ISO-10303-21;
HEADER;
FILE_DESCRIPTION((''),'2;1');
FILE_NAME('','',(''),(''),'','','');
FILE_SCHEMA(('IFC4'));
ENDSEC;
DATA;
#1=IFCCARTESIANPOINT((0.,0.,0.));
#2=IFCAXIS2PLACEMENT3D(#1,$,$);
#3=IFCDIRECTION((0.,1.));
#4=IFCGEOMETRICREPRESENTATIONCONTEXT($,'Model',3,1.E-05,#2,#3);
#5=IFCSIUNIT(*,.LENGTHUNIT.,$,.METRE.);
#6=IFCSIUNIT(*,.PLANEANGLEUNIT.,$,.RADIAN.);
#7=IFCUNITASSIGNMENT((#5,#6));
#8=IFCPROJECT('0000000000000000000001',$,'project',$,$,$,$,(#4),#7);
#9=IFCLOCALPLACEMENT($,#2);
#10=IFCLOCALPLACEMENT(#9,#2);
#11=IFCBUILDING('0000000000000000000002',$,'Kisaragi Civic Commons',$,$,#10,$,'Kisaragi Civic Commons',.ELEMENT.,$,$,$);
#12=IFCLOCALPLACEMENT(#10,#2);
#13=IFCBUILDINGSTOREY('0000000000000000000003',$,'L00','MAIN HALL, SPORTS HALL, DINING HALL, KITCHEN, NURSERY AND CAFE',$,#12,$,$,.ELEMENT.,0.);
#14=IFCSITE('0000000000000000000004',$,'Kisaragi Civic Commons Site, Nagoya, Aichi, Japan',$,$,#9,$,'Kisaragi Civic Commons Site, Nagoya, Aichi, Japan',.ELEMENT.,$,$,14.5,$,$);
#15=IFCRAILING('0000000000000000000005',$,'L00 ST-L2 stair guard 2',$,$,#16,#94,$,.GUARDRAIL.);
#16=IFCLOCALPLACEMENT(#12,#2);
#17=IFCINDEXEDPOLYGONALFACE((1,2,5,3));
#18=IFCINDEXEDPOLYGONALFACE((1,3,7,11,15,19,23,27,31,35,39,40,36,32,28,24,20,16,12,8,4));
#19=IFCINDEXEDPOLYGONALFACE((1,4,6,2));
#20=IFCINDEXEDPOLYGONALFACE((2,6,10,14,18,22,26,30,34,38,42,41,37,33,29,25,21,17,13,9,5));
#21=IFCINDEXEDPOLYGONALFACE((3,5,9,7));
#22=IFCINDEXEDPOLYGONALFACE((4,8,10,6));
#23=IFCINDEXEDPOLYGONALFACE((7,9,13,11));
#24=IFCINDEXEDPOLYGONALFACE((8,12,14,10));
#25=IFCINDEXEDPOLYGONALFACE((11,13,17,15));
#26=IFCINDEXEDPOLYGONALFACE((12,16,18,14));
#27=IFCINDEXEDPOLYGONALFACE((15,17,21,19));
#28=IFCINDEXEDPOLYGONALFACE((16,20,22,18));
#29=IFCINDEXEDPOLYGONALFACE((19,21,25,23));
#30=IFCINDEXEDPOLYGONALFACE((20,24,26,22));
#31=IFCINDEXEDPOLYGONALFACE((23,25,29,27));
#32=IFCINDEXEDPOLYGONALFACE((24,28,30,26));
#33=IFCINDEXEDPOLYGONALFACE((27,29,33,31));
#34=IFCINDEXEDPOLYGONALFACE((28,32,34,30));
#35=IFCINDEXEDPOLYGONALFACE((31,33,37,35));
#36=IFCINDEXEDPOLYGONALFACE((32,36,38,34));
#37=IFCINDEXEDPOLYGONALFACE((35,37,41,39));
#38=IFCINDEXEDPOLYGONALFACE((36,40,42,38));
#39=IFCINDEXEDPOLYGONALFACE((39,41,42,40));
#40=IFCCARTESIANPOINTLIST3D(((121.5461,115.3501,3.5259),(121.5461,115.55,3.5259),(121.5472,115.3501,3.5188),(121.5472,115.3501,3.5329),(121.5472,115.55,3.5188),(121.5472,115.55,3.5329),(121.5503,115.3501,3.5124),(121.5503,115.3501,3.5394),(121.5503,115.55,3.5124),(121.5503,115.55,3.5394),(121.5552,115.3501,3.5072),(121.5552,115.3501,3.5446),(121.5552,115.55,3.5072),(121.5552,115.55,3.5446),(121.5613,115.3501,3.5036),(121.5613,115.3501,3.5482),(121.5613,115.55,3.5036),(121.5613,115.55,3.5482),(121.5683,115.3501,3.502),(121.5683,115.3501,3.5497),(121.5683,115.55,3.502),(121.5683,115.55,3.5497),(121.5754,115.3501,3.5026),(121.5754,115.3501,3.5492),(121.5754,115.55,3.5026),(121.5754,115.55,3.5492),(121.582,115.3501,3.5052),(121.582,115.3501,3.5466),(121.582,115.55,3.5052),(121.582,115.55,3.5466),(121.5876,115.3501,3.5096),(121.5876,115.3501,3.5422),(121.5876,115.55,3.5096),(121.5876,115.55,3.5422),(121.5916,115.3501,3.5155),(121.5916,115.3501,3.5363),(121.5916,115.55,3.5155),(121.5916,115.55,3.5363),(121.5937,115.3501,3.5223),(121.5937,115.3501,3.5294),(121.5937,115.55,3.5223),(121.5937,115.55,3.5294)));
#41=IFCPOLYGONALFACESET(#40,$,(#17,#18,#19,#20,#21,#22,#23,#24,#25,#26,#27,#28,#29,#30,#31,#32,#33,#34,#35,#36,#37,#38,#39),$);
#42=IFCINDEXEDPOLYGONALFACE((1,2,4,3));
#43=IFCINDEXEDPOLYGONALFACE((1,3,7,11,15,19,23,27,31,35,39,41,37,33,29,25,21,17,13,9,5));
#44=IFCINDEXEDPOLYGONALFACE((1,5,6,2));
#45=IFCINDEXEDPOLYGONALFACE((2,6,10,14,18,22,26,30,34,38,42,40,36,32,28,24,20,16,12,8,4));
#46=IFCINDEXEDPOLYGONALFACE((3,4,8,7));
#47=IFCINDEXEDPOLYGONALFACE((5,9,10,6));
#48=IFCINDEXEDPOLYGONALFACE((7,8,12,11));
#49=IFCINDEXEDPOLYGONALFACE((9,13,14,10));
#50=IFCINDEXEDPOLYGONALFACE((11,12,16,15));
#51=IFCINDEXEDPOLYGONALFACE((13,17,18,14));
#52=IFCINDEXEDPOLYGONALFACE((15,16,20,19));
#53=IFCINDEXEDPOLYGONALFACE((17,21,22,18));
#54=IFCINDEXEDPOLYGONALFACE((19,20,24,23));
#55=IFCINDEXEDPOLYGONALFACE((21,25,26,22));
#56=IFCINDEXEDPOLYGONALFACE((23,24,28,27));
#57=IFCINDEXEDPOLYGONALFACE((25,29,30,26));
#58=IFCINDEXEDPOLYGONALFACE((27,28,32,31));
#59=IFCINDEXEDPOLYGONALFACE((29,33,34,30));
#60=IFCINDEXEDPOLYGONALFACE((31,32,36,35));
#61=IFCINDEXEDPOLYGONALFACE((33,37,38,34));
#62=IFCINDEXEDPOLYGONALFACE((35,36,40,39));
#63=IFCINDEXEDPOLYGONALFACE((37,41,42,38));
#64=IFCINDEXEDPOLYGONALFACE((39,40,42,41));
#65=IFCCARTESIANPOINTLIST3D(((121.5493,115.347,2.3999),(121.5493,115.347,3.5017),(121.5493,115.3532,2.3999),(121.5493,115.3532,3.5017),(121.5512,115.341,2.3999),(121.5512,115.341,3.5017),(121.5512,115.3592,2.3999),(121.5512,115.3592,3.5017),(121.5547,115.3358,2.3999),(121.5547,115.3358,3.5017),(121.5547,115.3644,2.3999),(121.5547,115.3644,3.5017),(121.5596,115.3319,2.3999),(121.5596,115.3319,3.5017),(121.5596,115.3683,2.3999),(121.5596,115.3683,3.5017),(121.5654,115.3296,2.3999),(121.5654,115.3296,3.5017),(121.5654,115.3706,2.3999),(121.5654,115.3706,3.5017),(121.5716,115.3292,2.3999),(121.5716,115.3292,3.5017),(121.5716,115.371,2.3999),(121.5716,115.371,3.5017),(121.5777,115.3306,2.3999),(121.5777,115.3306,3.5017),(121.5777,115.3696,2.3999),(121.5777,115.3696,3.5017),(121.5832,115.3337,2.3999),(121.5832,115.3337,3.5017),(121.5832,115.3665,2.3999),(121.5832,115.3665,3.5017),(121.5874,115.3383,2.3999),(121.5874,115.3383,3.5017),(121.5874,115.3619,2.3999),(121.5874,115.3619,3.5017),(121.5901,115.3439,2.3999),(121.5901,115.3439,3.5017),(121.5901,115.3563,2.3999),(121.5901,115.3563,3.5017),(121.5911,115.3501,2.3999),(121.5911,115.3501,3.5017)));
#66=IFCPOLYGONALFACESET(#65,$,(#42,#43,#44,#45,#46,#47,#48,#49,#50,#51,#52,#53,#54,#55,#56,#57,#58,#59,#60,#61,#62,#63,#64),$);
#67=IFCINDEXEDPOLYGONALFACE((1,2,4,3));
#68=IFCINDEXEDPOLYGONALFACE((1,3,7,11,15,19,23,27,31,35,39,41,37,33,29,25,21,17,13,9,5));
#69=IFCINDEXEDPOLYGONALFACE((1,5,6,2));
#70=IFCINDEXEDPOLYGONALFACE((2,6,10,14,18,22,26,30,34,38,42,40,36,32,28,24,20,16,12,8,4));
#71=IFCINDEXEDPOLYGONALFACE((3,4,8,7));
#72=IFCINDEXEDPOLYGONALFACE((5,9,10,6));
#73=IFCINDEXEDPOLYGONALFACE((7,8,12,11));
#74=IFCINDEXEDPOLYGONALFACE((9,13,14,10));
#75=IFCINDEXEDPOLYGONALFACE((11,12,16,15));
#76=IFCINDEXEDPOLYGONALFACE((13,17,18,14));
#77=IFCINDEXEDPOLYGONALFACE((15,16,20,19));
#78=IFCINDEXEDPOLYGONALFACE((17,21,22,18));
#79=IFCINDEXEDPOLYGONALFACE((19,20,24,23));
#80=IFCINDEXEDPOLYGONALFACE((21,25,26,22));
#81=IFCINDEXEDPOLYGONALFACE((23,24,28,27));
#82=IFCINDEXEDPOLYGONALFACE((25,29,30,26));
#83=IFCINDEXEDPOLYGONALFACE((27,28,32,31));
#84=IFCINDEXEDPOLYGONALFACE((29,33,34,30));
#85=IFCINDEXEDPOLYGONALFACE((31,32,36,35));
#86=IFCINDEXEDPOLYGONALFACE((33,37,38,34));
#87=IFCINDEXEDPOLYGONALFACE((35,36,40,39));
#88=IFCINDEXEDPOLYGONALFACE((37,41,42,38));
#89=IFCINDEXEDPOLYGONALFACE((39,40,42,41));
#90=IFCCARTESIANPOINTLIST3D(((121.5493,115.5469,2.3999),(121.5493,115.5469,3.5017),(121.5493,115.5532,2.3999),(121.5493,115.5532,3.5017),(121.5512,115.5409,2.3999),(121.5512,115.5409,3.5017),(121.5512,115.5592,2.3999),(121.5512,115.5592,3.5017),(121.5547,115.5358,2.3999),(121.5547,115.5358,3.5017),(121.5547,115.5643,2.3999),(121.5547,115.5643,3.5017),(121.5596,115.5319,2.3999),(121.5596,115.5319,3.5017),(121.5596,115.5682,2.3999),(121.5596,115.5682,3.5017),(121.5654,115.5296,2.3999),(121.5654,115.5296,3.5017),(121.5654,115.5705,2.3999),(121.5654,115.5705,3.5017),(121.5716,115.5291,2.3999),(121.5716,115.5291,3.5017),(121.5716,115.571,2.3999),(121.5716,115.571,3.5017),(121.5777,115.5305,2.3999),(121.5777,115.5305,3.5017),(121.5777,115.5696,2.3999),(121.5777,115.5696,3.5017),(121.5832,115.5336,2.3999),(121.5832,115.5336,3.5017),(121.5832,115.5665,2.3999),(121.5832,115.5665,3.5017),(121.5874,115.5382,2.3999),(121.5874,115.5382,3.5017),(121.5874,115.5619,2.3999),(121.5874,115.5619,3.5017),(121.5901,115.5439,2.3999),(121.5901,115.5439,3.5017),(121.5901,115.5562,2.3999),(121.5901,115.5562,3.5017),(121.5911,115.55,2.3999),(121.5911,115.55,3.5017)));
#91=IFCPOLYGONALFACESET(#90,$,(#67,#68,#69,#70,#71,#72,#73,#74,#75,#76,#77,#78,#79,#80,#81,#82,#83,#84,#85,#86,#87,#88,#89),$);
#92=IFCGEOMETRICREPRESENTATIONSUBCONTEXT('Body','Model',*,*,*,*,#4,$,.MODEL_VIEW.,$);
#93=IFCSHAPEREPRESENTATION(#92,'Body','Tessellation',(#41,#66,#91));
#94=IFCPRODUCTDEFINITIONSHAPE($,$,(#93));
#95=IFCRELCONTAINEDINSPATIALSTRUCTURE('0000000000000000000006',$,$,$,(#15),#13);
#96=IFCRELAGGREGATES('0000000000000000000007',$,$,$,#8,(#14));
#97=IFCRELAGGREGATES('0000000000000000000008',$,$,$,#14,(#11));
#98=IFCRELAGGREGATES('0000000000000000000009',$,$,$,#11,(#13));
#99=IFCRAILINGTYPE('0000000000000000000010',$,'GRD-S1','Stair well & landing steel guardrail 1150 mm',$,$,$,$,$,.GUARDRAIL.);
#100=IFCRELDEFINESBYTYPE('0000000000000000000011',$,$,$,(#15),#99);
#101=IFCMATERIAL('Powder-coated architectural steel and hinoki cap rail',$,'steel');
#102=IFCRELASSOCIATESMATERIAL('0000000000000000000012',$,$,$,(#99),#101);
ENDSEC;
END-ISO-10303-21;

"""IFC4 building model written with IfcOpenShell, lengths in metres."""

from ifc_helpers import new_model, si_unit, direction, frame, origin, origin_2d, place, context, subcontext, project, spatial, circle, extrude, material, type_object, element, save


model = new_model("IFC4")

# Units and contexts
model_context = context("Model", 3, precision=1e-05, world=origin(), true_north=direction((0.0, 1.0)))
body_context = subcontext(model_context, "Body", "Model", "MODEL_VIEW")
ifc_project = project(units=[si_unit("LENGTHUNIT", "METRE"), si_unit("PLANEANGLEUNIT", "RADIAN")], contexts=[model_context])

# Site, building, storey
site_placement = place(None, origin())
site = spatial("IfcSite", under=ifc_project, at=site_placement, Name="Kisaragi Civic Commons Site, Nagoya, Aichi, Japan", LongName="Kisaragi Civic Commons Site, Nagoya, Aichi, Japan", CompositionType="ELEMENT", RefElevation=14.5)
building_placement = place(site_placement, origin())
building = spatial("IfcBuilding", under=site, at=building_placement, Name="Kisaragi Civic Commons", LongName="Kisaragi Civic Commons", CompositionType="ELEMENT")
storey_placement = place(building_placement, origin())
storey = spatial("IfcBuildingStorey", under=building, at=storey_placement, Name="L00", Description="MAIN HALL, SPORTS HALL, DINING HALL, KITCHEN, NURSERY AND CAFE", CompositionType="ELEMENT", Elevation=0.0)

# Railing
ifc_material_1 = material(Name="Powder-coated architectural steel and hinoki cap rail", Category="steel")
railing_type_1 = type_object("IfcRailingType", Name="GRD-S1", Description="Stair well & landing steel guardrail 1150 mm", PredefinedType="GUARDRAIL", material=ifc_material_1)
railing_1_placement = place(storey_placement, frame((121.5701, 115.3501, 2.3999)))
element("IfcRailing", 1, at=railing_1_placement, inside=storey, type_object=railing_type_1, Name="L00 ST-L2 stair guard 2", PredefinedType="GUARDRAIL", context=body_context, shape_type="SweptSolid", body=[
    extrude(circle(Radius=0.0239, at=origin_2d()), frame((0.0, 0.0, 1.126), z_axis=(0.0, 1.0, 0.0), x_axis=(-1.0, 0.0, 0.0)), (0.0, 0.0, 1.0), 0.2),
    extrude(circle(Radius=0.021, at=origin_2d()), origin(), (0.0, 0.0, 1.0), 1.1018),
    extrude(circle(Radius=0.021, at=origin_2d()), frame((0.0, 0.2, 0.0)), (0.0, 0.0, 1.0), 1.1018),
])

save(model, "model.ifc")
